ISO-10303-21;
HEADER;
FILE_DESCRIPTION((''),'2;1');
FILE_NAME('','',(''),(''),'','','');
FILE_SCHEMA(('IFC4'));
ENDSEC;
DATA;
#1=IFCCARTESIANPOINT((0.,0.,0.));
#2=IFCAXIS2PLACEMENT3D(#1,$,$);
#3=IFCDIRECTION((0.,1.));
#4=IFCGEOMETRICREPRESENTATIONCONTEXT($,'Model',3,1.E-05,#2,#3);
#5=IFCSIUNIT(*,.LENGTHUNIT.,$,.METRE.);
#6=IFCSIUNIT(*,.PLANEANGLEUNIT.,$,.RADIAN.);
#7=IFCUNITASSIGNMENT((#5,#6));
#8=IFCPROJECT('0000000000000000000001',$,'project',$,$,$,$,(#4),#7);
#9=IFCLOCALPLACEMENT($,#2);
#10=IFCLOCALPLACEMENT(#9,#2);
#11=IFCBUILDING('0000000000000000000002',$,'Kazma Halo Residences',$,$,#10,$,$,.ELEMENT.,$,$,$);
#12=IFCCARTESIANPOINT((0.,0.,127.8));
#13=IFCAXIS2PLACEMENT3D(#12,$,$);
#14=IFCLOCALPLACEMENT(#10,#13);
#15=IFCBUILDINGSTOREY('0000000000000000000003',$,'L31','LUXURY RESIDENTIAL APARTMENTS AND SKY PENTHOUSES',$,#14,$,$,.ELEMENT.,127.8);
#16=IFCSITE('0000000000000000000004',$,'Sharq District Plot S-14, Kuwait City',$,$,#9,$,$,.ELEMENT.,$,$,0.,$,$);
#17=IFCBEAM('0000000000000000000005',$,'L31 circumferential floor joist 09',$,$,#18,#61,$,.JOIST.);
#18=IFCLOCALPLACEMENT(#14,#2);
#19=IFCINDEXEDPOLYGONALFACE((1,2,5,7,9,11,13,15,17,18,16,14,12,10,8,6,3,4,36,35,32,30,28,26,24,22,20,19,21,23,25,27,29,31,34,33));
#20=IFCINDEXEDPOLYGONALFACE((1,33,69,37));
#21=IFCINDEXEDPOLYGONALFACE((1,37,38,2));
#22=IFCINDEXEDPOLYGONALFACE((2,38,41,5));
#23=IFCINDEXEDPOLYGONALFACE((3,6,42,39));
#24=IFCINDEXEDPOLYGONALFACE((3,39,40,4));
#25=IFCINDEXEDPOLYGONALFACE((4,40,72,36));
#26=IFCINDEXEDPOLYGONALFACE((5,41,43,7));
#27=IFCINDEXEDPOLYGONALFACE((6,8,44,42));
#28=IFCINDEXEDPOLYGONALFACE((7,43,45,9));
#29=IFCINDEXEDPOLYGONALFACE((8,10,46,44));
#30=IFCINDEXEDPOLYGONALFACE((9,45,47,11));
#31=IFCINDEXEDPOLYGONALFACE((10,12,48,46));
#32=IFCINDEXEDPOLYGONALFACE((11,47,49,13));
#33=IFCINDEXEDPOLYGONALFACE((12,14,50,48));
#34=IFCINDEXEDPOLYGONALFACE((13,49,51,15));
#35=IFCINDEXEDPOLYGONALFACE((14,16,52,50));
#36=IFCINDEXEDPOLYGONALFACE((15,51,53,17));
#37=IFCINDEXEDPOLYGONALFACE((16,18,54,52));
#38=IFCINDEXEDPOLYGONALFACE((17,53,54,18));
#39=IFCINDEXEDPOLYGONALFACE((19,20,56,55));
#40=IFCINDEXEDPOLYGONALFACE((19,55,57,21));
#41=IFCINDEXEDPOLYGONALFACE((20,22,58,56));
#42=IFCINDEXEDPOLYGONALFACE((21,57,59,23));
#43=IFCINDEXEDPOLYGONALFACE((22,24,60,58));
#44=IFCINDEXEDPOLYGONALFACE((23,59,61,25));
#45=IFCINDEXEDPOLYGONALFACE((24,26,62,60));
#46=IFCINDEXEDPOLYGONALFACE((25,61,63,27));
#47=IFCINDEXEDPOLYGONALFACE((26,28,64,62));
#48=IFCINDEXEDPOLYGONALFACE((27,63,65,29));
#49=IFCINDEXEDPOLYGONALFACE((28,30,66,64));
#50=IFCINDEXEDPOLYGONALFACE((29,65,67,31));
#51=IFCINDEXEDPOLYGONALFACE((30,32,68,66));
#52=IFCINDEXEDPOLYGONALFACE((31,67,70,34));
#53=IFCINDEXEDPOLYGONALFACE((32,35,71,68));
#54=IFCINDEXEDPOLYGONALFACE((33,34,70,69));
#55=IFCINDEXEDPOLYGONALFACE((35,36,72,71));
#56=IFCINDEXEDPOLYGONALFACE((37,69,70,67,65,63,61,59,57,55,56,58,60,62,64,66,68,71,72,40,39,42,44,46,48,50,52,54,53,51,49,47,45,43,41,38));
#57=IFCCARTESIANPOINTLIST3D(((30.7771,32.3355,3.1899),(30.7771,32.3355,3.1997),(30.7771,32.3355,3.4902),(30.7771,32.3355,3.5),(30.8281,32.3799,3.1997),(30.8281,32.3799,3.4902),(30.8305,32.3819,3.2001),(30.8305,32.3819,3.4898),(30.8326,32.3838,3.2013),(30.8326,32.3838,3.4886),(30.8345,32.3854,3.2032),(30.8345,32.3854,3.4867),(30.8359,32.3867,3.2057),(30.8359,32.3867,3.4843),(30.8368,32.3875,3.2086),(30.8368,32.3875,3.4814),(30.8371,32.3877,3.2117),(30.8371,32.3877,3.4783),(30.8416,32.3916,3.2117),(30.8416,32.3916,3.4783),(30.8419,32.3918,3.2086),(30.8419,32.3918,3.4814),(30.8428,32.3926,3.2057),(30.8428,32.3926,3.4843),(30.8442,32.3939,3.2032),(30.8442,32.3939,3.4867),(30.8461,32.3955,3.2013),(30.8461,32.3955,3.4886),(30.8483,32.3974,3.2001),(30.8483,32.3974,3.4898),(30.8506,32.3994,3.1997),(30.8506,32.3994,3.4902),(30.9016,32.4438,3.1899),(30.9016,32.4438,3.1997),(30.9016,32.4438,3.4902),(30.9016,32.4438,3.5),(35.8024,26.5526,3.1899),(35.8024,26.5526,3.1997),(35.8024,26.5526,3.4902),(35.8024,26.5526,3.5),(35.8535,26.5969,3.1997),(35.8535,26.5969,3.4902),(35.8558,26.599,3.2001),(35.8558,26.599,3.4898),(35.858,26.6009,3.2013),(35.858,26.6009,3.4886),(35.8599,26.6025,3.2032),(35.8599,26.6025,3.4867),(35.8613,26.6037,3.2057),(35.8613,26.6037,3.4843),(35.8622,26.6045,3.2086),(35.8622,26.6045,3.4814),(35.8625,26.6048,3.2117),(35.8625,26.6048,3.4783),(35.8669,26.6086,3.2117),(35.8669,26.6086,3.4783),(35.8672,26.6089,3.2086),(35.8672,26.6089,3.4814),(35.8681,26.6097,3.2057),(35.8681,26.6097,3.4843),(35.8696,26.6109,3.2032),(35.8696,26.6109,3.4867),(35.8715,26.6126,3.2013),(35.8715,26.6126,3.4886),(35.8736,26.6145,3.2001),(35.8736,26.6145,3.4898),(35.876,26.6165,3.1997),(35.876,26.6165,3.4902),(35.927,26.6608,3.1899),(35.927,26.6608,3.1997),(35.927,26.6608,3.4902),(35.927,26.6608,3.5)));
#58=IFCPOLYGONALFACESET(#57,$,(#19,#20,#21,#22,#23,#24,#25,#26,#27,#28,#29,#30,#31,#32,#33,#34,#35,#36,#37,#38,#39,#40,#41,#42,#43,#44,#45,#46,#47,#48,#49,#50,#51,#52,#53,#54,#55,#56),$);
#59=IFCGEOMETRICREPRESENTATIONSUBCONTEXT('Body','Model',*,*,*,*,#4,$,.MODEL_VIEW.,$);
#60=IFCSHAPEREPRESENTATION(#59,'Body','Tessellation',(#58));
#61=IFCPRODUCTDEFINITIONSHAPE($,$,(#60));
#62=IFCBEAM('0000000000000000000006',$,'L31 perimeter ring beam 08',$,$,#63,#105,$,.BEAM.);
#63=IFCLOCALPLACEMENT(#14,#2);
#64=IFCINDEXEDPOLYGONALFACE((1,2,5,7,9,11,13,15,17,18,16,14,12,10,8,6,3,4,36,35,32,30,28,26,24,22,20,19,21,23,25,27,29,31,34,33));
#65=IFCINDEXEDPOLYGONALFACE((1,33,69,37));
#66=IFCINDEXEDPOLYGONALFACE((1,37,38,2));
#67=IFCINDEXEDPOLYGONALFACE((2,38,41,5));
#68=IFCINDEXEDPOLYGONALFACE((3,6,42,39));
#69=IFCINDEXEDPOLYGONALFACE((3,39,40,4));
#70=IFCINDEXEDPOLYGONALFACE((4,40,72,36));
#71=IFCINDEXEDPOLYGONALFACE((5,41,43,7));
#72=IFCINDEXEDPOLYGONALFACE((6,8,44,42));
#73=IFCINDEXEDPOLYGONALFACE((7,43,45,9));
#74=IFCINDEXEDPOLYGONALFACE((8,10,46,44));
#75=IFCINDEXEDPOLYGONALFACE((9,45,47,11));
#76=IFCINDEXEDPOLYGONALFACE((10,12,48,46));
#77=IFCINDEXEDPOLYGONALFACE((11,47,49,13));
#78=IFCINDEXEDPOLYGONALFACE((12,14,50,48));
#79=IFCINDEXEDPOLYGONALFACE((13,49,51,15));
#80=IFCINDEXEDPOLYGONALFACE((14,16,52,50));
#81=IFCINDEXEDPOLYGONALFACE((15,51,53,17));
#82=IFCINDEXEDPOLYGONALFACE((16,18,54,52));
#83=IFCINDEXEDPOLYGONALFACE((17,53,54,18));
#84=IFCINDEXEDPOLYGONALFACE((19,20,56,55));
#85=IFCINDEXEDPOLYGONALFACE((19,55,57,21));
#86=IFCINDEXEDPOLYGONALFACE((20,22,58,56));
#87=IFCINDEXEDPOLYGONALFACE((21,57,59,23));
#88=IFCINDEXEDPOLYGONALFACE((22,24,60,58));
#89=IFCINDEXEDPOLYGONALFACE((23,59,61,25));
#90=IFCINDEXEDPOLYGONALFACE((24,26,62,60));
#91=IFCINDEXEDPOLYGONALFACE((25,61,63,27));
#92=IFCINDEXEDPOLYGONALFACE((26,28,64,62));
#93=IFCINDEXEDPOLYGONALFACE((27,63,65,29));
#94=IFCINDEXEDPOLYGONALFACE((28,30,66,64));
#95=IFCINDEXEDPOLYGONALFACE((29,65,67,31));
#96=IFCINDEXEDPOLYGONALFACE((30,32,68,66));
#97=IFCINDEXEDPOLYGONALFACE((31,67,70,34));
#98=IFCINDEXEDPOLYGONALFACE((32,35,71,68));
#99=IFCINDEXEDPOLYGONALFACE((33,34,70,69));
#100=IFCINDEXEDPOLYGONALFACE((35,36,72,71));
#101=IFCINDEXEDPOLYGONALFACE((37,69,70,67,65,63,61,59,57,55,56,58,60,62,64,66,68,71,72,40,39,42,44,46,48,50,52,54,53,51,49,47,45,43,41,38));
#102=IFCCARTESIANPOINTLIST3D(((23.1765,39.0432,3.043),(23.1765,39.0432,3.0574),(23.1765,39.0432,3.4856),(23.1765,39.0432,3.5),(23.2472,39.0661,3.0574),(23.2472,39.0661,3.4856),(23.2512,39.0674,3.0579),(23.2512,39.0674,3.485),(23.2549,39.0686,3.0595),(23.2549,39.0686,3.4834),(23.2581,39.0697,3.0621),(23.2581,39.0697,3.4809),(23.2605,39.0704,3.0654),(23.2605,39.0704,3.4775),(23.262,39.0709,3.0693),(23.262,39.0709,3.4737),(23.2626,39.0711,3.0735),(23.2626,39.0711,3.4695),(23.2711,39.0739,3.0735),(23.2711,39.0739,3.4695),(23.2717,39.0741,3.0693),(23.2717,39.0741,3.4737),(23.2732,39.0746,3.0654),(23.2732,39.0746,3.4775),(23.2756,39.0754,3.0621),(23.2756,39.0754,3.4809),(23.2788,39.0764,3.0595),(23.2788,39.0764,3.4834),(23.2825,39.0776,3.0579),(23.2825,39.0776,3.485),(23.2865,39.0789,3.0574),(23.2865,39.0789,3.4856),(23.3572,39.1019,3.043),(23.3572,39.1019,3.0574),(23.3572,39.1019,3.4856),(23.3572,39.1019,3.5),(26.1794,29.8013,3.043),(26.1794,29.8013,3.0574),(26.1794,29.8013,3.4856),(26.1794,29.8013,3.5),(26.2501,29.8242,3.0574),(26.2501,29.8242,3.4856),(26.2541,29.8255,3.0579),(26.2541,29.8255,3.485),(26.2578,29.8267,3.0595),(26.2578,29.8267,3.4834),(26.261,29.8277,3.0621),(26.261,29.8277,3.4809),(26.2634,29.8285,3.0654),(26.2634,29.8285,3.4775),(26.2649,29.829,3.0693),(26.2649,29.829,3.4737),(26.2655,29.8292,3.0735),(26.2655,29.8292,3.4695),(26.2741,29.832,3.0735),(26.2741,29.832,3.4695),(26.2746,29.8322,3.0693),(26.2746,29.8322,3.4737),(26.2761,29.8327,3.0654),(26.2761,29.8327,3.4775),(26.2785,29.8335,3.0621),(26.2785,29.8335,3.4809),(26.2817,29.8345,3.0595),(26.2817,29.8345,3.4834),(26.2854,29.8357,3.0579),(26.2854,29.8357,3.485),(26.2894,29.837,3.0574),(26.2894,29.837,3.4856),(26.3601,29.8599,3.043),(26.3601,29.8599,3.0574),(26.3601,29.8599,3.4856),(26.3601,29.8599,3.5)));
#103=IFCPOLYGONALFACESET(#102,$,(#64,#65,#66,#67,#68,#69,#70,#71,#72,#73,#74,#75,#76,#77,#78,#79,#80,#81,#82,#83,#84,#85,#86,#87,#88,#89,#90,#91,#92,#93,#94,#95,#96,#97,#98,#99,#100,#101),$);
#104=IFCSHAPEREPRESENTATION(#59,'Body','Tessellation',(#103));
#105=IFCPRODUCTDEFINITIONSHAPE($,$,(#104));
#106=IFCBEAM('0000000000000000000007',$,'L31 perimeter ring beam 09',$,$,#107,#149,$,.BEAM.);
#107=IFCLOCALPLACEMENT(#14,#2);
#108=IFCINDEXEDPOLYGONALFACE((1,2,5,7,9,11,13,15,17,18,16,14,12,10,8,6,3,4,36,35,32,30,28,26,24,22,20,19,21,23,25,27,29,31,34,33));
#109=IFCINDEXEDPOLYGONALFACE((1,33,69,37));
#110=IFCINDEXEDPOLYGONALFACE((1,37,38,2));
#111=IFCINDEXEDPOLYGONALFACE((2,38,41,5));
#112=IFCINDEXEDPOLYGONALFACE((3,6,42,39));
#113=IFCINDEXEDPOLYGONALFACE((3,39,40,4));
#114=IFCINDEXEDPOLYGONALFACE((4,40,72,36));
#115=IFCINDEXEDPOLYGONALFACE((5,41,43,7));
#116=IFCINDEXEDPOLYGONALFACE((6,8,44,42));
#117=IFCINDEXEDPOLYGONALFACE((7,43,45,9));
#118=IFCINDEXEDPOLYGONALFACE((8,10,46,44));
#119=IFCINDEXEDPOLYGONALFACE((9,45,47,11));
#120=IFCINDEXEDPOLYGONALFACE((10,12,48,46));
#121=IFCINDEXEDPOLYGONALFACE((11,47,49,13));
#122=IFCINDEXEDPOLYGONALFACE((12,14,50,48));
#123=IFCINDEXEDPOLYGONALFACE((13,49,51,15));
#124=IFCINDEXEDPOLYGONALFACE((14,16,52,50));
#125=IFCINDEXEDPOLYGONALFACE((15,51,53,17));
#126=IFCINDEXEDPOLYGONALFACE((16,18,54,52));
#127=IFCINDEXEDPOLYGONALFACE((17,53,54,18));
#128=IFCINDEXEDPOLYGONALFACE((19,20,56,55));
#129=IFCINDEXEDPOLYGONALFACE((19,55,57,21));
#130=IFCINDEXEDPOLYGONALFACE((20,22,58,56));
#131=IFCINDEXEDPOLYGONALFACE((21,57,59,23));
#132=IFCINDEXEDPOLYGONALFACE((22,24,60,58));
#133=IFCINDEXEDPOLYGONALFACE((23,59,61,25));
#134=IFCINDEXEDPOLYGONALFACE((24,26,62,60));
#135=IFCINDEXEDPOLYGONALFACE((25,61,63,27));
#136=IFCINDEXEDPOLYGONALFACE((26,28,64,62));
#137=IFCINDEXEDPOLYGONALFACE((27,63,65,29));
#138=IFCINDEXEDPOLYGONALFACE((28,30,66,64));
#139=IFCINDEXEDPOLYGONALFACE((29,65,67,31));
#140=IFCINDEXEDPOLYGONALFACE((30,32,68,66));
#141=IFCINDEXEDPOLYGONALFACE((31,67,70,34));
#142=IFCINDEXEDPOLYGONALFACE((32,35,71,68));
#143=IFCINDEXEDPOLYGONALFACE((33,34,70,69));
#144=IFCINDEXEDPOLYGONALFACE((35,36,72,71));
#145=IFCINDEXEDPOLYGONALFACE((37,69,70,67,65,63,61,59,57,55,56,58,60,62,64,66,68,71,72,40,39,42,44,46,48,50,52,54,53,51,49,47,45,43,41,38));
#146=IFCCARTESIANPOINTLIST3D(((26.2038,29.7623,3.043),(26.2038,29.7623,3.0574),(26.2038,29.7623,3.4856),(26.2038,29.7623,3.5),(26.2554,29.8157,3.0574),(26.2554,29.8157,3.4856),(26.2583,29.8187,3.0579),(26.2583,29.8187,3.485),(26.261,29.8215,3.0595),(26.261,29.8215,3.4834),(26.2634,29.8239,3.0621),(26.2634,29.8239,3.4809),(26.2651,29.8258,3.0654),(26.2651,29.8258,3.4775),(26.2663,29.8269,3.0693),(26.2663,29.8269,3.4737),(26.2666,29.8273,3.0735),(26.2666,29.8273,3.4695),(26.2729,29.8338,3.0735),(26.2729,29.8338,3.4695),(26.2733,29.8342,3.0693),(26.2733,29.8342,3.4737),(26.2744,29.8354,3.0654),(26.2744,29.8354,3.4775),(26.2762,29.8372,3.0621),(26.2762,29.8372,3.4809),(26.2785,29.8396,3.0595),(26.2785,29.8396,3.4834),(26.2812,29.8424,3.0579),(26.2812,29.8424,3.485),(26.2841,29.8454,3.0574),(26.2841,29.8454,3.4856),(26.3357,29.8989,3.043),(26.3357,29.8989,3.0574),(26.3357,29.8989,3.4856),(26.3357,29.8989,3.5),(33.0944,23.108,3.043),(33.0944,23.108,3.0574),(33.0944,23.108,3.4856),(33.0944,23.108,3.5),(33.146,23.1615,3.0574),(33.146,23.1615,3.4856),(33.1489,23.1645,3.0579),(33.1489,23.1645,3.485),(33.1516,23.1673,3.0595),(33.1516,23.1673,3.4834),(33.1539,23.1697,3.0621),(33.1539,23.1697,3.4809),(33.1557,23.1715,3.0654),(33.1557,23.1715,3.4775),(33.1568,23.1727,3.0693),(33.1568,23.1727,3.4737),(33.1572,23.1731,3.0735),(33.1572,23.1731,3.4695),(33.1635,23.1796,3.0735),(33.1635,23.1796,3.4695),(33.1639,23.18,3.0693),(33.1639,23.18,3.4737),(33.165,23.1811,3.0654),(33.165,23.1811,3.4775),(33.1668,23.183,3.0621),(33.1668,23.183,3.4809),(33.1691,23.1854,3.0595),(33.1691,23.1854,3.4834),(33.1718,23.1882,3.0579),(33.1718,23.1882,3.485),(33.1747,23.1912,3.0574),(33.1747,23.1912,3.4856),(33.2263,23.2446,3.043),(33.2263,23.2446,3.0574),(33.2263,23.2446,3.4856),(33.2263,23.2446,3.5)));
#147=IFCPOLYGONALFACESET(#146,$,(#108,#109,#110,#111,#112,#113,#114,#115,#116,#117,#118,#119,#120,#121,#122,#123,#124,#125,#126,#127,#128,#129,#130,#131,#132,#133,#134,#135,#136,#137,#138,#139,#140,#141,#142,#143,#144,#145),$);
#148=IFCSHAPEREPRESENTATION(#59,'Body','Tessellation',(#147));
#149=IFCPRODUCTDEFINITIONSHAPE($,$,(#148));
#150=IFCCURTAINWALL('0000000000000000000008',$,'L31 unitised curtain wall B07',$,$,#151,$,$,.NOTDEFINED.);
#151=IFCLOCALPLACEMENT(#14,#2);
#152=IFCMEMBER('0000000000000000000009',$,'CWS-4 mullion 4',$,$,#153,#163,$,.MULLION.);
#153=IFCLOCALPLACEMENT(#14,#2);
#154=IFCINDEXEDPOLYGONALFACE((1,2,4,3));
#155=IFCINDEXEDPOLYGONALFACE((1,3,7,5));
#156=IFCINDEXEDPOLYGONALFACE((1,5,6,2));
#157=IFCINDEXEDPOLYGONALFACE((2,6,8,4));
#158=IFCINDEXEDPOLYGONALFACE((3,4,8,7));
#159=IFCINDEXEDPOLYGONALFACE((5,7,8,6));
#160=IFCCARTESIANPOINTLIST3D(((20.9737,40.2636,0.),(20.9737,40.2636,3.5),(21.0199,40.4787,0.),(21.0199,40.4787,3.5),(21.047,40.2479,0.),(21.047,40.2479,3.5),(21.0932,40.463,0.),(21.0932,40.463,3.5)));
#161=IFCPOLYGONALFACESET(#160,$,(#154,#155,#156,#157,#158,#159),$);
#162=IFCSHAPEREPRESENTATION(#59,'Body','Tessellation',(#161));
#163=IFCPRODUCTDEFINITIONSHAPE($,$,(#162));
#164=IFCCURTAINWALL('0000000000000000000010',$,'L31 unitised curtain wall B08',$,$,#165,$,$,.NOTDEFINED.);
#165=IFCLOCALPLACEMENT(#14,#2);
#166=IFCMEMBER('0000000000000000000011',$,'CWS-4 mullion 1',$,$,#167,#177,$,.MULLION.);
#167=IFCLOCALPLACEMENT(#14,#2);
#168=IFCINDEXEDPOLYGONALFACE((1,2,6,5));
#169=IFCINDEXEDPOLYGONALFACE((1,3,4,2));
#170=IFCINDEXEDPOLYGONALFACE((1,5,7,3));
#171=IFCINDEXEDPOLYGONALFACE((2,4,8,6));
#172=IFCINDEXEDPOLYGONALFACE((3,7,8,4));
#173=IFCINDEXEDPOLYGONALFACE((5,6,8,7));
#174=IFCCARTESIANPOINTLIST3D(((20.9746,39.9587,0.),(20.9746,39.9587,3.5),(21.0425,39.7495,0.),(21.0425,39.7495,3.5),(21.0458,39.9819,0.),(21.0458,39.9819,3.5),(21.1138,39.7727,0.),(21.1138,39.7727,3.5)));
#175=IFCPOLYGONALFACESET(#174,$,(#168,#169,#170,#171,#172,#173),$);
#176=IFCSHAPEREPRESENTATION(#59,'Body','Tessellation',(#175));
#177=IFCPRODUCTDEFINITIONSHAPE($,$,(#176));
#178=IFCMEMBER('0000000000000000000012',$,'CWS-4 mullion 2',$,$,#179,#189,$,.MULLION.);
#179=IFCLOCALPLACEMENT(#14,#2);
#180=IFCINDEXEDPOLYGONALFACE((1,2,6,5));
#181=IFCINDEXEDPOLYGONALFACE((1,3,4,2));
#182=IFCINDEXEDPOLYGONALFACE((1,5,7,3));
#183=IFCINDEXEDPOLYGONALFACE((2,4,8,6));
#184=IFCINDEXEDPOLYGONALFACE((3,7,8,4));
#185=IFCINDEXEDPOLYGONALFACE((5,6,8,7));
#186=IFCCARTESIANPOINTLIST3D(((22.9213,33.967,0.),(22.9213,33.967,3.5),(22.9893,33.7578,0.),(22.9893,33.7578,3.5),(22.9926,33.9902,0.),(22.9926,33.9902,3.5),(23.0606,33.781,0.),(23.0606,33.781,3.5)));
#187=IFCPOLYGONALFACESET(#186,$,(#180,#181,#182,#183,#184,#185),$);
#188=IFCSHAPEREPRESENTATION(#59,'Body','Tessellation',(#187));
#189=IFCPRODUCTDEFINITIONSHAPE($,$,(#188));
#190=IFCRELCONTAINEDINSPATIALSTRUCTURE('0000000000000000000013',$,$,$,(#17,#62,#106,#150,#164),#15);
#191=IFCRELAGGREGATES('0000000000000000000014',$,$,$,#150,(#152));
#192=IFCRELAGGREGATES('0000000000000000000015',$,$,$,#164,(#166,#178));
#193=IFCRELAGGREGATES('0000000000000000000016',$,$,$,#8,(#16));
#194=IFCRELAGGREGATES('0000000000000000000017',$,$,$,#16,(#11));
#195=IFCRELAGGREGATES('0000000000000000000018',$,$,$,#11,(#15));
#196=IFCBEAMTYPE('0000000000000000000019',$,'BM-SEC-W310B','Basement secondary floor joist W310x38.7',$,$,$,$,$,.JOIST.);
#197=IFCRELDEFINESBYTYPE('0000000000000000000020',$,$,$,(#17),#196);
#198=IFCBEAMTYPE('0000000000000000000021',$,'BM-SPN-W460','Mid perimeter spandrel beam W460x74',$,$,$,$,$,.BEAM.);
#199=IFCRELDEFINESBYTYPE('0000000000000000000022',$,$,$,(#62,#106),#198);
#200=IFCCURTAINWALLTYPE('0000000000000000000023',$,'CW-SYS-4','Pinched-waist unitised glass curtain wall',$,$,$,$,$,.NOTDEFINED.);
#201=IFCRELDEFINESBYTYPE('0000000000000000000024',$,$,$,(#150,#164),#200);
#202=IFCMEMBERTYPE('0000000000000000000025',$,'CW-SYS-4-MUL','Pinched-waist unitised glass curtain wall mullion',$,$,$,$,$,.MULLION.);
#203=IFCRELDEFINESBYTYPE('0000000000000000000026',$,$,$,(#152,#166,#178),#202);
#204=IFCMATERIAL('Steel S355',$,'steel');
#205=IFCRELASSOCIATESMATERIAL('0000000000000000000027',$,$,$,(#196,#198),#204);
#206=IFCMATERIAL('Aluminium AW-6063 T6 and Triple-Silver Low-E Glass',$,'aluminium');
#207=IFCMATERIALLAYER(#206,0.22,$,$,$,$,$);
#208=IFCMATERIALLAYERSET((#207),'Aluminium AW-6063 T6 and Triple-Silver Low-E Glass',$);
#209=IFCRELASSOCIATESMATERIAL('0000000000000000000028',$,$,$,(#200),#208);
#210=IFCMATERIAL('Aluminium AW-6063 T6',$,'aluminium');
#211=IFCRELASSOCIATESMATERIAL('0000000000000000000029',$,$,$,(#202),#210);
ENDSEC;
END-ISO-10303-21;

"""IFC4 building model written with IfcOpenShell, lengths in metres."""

from ifc_helpers import new_model, si_unit, direction, frame, origin, origin_2d, place, context, subcontext, project, spatial, rectangle, i_section, extrude, material, layer, layer_set, material_profile, profile_set, type_object, element, aggregate, save


model = new_model("IFC4")

# Units and contexts
model_context = context("Model", 3, precision=1e-05, world=origin(), true_north=direction((0.0, 1.0)))
body_context = subcontext(model_context, "Body", "Model", "MODEL_VIEW")
ifc_project = project(units=[si_unit("LENGTHUNIT", "METRE"), si_unit("PLANEANGLEUNIT", "RADIAN")], contexts=[model_context])

# Site, building, storey
site_placement = place(None, origin())
site = spatial("IfcSite", under=ifc_project, at=site_placement, Name="Sharq District Plot S-14, Kuwait City", CompositionType="ELEMENT", RefElevation=0.0)
building_placement = place(site_placement, origin())
building = spatial("IfcBuilding", under=site, at=building_placement, Name="Kazma Halo Residences", CompositionType="ELEMENT")
storey_placement = place(building_placement, frame((0.0, 0.0, 127.8)))
storey = spatial("IfcBuildingStorey", under=building, at=storey_placement, Name="L31", Description="LUXURY RESIDENTIAL APARTMENTS AND SKY PENTHOUSES", CompositionType="ELEMENT", Elevation=127.8)

# Beams
ifc_material_1 = material(Name="Steel S355", Category="steel")
ifc_material_profile_1 = material_profile(ifc_material_1, i_section(OverallWidth=0.165, OverallDepth=0.3101, WebThickness=0.0059, FlangeThickness=0.0098, FilletRadius=0.012, at=origin_2d()), Name="W310x38.7")
ifc_profile_set_1 = profile_set([ifc_material_profile_1], Name="Steel S355")
beam_type_1 = type_object("IfcBeamType", Name="BM-SEC-W310B", Description="Basement secondary floor joist W310x38.7", PredefinedType="JOIST", material=ifc_profile_set_1)
beam_1_placement = place(storey_placement, frame((30.8394, 32.3896, 3.345), z_axis=(0.655936, -0.754817, 0.0), x_axis=(0.754817, 0.655936, 0.0)))
element("IfcBeam", 1, at=beam_1_placement, inside=storey, type_object=beam_type_1, Name="L31 circumferential floor joist 09", PredefinedType="JOIST", context=body_context, shape_type="SweptSolid", body=[
    extrude(i_section(OverallWidth=0.165, OverallDepth=0.3101, WebThickness=0.0059, FlangeThickness=0.0098, FilletRadius=0.012, at=origin_2d()), origin(), (0.0, 0.0, 1.0), 7.6614),
])
ifc_material_profile_2 = material_profile(ifc_material_1, i_section(OverallWidth=0.1899, OverallDepth=0.457, WebThickness=0.009, FlangeThickness=0.0144, FilletRadius=0.0161, at=origin_2d()), Name="W460x74")
ifc_profile_set_2 = profile_set([ifc_material_profile_2], Name="Steel S355")
beam_type_2 = type_object("IfcBeamType", Name="BM-SPN-W460", Description="Mid perimeter spandrel beam W460x74", PredefinedType="BEAM", material=ifc_profile_set_2)
beam_2_placement = place(storey_placement, frame((23.2668, 39.0725, 3.2715), z_axis=(0.309021, -0.951055, 0.0), x_axis=(0.951055, 0.309021, 0.0)))
element("IfcBeam", 2, at=beam_2_placement, inside=storey, type_object=beam_type_2, Name="L31 perimeter ring beam 08", PredefinedType="BEAM", context=body_context, shape_type="SweptSolid", body=[
    extrude(i_section(OverallWidth=0.1899, OverallDepth=0.457, WebThickness=0.009, FlangeThickness=0.0144, FilletRadius=0.0161, at=origin_2d()), origin(), (0.0, 0.0, 1.0), 9.7175),
])
beam_3_placement = place(storey_placement, frame((26.2698, 29.8306, 3.2715), z_axis=(0.719335, -0.694664, 0.0), x_axis=(0.694664, 0.719335, 0.0)))
element("IfcBeam", 3, at=beam_3_placement, inside=storey, type_object=beam_type_2, Name="L31 perimeter ring beam 09", PredefinedType="BEAM", context=body_context, shape_type="SweptSolid", body=[
    extrude(i_section(OverallWidth=0.1899, OverallDepth=0.457, WebThickness=0.009, FlangeThickness=0.0144, FilletRadius=0.0161, at=origin_2d()), origin(), (0.0, 0.0, 1.0), 9.5791),
])

# Curtain wall, member
ifc_material_2 = material(Name="Aluminium AW-6063 T6 and Triple-Silver Low-E Glass", Category="aluminium")
ifc_layer_1 = layer(ifc_material_2, 0.22)
ifc_layer_set_1 = layer_set([ifc_layer_1], Name="Aluminium AW-6063 T6 and Triple-Silver Low-E Glass")
curtain_wall_type = type_object("IfcCurtainWallType", Name="CW-SYS-4", Description="Pinched-waist unitised glass curtain wall", PredefinedType="NOTDEFINED", material=ifc_layer_set_1)
curtain_wall_1_placement = place(storey_placement, origin())
curtain_wall_1 = element("IfcCurtainWall", 4, at=curtain_wall_1_placement, inside=storey, type_object=curtain_wall_type, Name="L31 unitised curtain wall B07", PredefinedType="NOTDEFINED")
ifc_material_3 = material(Name="Aluminium AW-6063 T6", Category="aluminium")
ifc_material_profile_3 = material_profile(ifc_material_3, rectangle(XDim=0.075, YDim=0.22, at=origin_2d()), Name="CWM-75x220")
ifc_profile_set_3 = profile_set([ifc_material_profile_3], Name="Aluminium AW-6063 T6")
member_type_1 = type_object("IfcMemberType", Name="CW-SYS-4-MUL", Description="Pinched-waist unitised glass curtain wall mullion", PredefinedType="MULLION", material=ifc_profile_set_3)
member_1_placement = place(storey_placement, frame((21.0334, 40.3633, 0.0), z_axis=(0.0, 0.0, 1.0), x_axis=(0.977765, -0.209704, 0.0)))
member_1 = element("IfcMember", 5, at=member_1_placement, type_object=member_type_1, Name="CWS-4 mullion 4", PredefinedType="MULLION", context=body_context, shape_type="SweptSolid", body=[
    extrude(rectangle(XDim=0.075, YDim=0.22, at=origin_2d()), origin(), (0.0, 0.0, 1.0), 3.5),
])
aggregate(curtain_wall_1, [member_1])

# Curtain wall, members
curtain_wall_2_placement = place(storey_placement, origin())
curtain_wall_2 = element("IfcCurtainWall", 6, at=curtain_wall_2_placement, inside=storey, type_object=curtain_wall_type, Name="L31 unitised curtain wall B08", PredefinedType="NOTDEFINED")
member_2_placement = place(storey_placement, frame((21.0442, 39.8657, 0.0), z_axis=(0.0, 0.0, 1.0), x_axis=(0.951058, 0.309014, 0.0)))
member_2 = element("IfcMember", 7, at=member_2_placement, type_object=member_type_1, Name="CWS-4 mullion 1", PredefinedType="MULLION", context=body_context, shape_type="SweptSolid", body=[
    extrude(rectangle(XDim=0.075, YDim=0.22, at=origin_2d()), origin(), (0.0, 0.0, 1.0), 3.5),
])
member_3_placement = place(storey_placement, frame((22.991, 33.874, 0.0), z_axis=(0.0, 0.0, 1.0), x_axis=(0.951058, 0.309014, 0.0)))
member_3 = element("IfcMember", 8, at=member_3_placement, type_object=member_type_1, Name="CWS-4 mullion 2", PredefinedType="MULLION", context=body_context, shape_type="SweptSolid", body=[
    extrude(rectangle(XDim=0.075, YDim=0.22, at=origin_2d()), origin(), (0.0, 0.0, 1.0), 3.5),
])
aggregate(curtain_wall_2, [member_2, member_3])

save(model, "model.ifc")
